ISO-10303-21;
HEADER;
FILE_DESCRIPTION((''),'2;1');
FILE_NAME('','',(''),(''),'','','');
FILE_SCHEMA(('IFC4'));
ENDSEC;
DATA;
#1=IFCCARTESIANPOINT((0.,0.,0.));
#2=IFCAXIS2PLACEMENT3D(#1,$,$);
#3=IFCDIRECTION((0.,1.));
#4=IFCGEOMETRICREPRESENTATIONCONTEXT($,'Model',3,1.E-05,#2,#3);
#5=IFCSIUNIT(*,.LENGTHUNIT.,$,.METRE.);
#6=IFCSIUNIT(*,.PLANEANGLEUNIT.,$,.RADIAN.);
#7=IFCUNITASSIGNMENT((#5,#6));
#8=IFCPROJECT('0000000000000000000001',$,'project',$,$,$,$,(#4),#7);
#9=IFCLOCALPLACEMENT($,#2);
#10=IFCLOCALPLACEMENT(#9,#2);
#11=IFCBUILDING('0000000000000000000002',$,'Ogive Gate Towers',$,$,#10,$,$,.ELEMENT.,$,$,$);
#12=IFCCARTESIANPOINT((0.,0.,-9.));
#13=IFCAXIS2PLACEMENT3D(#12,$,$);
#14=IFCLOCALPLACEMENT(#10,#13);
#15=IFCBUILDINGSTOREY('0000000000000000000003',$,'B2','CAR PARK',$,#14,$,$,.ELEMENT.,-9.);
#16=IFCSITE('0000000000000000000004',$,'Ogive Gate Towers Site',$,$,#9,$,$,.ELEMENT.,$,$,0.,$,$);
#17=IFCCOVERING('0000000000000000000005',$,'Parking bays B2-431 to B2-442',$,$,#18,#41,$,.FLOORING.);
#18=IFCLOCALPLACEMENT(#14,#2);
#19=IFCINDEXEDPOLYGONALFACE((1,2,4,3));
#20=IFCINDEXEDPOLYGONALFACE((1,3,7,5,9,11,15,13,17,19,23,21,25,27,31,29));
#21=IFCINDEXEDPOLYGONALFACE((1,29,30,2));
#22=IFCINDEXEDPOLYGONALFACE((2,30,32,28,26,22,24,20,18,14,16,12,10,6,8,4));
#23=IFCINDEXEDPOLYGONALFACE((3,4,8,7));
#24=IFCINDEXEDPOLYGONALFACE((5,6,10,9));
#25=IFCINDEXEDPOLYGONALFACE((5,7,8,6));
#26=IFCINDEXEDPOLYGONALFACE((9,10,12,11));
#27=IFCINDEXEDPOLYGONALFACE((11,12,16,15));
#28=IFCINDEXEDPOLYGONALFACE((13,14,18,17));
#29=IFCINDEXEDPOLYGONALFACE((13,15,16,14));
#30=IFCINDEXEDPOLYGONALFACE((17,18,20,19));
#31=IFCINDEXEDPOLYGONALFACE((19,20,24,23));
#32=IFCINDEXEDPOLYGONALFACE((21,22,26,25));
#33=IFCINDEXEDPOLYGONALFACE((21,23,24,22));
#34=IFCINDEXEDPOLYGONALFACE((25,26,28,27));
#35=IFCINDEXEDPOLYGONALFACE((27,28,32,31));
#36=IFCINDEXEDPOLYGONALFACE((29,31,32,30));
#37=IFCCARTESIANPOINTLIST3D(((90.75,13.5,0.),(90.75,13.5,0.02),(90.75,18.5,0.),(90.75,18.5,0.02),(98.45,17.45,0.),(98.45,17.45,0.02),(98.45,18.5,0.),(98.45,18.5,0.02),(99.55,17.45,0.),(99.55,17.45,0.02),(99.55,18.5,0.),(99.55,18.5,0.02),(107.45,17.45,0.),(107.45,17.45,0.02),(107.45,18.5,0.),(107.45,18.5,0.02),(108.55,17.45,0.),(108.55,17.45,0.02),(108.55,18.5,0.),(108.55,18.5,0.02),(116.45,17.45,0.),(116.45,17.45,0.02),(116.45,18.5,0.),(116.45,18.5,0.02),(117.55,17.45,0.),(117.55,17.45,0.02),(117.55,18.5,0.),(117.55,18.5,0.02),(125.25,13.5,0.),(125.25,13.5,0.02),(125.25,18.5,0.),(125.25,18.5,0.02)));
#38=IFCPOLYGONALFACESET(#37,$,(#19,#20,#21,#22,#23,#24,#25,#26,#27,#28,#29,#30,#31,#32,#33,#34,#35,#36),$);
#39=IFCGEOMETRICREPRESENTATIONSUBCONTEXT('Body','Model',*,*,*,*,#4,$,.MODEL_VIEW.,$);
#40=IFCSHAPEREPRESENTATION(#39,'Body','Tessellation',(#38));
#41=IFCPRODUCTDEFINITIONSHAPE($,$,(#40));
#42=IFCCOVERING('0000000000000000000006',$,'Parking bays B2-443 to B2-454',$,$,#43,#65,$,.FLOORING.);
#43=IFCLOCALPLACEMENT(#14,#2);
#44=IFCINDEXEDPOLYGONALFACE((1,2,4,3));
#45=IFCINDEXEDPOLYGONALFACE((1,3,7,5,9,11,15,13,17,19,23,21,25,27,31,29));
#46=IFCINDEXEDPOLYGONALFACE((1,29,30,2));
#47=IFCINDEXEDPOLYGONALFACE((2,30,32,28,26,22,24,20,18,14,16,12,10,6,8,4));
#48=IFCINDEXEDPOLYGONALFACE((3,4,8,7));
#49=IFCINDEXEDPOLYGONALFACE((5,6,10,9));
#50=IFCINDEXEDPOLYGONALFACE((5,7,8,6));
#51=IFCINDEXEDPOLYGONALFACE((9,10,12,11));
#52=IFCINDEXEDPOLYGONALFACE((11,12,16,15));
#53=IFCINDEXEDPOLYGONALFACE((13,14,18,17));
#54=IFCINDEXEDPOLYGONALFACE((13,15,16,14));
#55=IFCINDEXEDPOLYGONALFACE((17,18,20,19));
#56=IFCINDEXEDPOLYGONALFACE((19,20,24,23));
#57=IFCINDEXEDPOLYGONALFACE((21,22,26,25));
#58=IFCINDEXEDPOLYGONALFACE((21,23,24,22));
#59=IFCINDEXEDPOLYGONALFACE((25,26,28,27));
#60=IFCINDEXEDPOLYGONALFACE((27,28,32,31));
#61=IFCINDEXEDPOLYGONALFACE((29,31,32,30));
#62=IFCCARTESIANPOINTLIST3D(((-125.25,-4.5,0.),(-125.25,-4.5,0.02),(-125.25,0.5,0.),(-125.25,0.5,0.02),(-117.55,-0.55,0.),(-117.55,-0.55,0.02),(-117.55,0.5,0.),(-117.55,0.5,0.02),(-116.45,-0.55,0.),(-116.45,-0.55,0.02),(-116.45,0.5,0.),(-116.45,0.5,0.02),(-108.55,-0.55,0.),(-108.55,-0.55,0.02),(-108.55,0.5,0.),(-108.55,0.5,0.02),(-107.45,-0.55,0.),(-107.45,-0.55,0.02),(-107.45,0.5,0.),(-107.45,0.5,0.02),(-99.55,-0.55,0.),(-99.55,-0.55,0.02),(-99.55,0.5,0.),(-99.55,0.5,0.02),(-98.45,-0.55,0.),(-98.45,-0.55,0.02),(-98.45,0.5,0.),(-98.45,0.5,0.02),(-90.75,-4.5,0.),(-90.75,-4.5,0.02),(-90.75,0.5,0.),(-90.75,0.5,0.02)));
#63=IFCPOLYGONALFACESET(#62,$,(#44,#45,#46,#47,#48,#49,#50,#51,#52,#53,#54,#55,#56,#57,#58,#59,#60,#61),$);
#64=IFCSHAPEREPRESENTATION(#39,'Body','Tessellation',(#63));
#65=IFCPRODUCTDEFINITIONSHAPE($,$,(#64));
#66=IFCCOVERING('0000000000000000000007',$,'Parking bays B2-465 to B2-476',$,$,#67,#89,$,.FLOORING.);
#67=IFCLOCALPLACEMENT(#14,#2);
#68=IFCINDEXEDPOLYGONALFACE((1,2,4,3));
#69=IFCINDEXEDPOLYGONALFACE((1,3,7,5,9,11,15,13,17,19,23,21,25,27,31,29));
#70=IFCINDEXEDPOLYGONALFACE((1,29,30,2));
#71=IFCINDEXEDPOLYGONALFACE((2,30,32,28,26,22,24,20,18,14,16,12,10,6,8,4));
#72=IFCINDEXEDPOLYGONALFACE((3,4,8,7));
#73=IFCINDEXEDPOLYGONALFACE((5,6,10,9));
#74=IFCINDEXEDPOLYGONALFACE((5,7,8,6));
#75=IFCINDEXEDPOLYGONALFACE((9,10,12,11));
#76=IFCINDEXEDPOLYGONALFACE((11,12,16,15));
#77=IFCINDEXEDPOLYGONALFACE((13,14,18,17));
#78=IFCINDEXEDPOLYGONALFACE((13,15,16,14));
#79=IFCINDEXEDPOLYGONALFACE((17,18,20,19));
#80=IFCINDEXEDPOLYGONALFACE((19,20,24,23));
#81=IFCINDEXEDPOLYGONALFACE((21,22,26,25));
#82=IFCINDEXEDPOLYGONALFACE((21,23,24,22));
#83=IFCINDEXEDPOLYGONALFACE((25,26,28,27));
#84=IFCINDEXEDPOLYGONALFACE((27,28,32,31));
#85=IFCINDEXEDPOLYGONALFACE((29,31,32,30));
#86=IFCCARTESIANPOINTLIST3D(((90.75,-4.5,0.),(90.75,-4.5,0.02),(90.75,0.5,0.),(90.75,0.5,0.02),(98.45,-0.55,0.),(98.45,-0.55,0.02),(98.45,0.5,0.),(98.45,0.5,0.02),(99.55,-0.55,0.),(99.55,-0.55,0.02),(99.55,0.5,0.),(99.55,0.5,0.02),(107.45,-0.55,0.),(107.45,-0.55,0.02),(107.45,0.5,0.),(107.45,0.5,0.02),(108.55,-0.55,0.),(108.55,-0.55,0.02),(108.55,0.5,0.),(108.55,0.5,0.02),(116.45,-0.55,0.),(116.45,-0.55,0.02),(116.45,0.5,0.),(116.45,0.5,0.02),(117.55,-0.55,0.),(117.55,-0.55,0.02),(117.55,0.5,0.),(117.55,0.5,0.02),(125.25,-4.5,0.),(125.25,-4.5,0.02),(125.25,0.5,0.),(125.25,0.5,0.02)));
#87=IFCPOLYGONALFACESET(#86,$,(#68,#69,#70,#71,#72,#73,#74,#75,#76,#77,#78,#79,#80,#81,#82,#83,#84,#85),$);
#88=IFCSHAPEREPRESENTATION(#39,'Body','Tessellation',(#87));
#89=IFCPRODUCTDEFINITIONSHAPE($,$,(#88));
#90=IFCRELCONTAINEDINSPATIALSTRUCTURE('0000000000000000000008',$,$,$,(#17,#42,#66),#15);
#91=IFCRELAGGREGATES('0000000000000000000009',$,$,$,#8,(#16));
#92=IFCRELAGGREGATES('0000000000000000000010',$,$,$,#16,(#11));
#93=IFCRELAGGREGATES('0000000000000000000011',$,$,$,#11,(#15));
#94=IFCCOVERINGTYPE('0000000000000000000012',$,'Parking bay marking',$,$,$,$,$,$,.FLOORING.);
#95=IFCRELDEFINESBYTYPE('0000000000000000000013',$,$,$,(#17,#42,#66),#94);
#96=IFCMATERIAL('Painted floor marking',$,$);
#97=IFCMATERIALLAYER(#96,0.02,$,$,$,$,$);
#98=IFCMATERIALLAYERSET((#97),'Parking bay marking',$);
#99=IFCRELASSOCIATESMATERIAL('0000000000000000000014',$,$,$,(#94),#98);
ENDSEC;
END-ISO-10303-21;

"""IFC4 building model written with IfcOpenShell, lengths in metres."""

from ifc_helpers import new_model, si_unit, direction, frame, origin, place, context, subcontext, project, spatial, polyline, outline, extrude, material, layer, layer_set, type_object, element, save


model = new_model("IFC4")

# Units and contexts
model_context = context("Model", 3, precision=1e-05, world=origin(), true_north=direction((0.0, 1.0)))
body_context = subcontext(model_context, "Body", "Model", "MODEL_VIEW")
ifc_project = project(units=[si_unit("LENGTHUNIT", "METRE"), si_unit("PLANEANGLEUNIT", "RADIAN")], contexts=[model_context])

# Site, building, storey
site_placement = place(None, origin())
site = spatial("IfcSite", under=ifc_project, at=site_placement, Name="Ogive Gate Towers Site", CompositionType="ELEMENT", RefElevation=0.0)
building_placement = place(site_placement, origin())
building = spatial("IfcBuilding", under=site, at=building_placement, Name="Ogive Gate Towers", CompositionType="ELEMENT")
storey_placement = place(building_placement, frame((0.0, 0.0, -9.0)))
storey = spatial("IfcBuildingStorey", under=building, at=storey_placement, Name="B2", Description="CAR PARK", CompositionType="ELEMENT", Elevation=-9.0)

# Coverings
ifc_material = material(Name="Painted floor marking")
ifc_layer_1 = layer(ifc_material, 0.02)
ifc_layer_set_1 = layer_set([ifc_layer_1], Name="Parking bay marking")
covering_type_1 = type_object("IfcCoveringType", Name="Parking bay marking", PredefinedType="FLOORING", material=ifc_layer_set_1)
covering_1_placement = place(storey_placement, origin())
element("IfcCovering", 1, at=covering_1_placement, inside=storey, type_object=covering_type_1, Name="Parking bays B2-431 to B2-442", PredefinedType="FLOORING", context=body_context, shape_type="SweptSolid", body=[
    extrude(outline(polyline([(90.75, 18.5), (98.45, 18.5), (98.45, 17.45), (99.55, 17.45), (99.55, 18.5), (107.45, 18.5), (107.45, 17.45), (108.55, 17.45), (108.55, 18.5), (116.45, 18.5), (116.45, 17.45), (117.55, 17.45), (117.55, 18.5), (125.25, 18.5), (125.25, 13.5), (90.75, 13.5), (90.75, 18.5)])), origin(), (0.0, 0.0, 1.0), 0.02),
])
covering_2_placement = place(storey_placement, origin())
element("IfcCovering", 2, at=covering_2_placement, inside=storey, type_object=covering_type_1, Name="Parking bays B2-443 to B2-454", PredefinedType="FLOORING", context=body_context, shape_type="SweptSolid", body=[
    extrude(outline(polyline([(-125.25, 0.5), (-117.55, 0.5), (-117.55, -0.55), (-116.45, -0.55), (-116.45, 0.5), (-108.55, 0.5), (-108.55, -0.55), (-107.45, -0.55), (-107.45, 0.5), (-99.55, 0.5), (-99.55, -0.55), (-98.45, -0.55), (-98.45, 0.5), (-90.75, 0.5), (-90.75, -4.5), (-125.25, -4.5), (-125.25, 0.5)])), origin(), (0.0, 0.0, 1.0), 0.02),
])
covering_3_placement = place(storey_placement, origin())
element("IfcCovering", 3, at=covering_3_placement, inside=storey, type_object=covering_type_1, Name="Parking bays B2-465 to B2-476", PredefinedType="FLOORING", context=body_context, shape_type="SweptSolid", body=[
    extrude(outline(polyline([(90.75, 0.5), (98.45, 0.5), (98.45, -0.55), (99.55, -0.55), (99.55, 0.5), (107.45, 0.5), (107.45, -0.55), (108.55, -0.55), (108.55, 0.5), (116.45, 0.5), (116.45, -0.55), (117.55, -0.55), (117.55, 0.5), (125.25, 0.5), (125.25, -4.5), (90.75, -4.5), (90.75, 0.5)])), origin(), (0.0, 0.0, 1.0), 0.02),
])

save(model, "model.ifc")
